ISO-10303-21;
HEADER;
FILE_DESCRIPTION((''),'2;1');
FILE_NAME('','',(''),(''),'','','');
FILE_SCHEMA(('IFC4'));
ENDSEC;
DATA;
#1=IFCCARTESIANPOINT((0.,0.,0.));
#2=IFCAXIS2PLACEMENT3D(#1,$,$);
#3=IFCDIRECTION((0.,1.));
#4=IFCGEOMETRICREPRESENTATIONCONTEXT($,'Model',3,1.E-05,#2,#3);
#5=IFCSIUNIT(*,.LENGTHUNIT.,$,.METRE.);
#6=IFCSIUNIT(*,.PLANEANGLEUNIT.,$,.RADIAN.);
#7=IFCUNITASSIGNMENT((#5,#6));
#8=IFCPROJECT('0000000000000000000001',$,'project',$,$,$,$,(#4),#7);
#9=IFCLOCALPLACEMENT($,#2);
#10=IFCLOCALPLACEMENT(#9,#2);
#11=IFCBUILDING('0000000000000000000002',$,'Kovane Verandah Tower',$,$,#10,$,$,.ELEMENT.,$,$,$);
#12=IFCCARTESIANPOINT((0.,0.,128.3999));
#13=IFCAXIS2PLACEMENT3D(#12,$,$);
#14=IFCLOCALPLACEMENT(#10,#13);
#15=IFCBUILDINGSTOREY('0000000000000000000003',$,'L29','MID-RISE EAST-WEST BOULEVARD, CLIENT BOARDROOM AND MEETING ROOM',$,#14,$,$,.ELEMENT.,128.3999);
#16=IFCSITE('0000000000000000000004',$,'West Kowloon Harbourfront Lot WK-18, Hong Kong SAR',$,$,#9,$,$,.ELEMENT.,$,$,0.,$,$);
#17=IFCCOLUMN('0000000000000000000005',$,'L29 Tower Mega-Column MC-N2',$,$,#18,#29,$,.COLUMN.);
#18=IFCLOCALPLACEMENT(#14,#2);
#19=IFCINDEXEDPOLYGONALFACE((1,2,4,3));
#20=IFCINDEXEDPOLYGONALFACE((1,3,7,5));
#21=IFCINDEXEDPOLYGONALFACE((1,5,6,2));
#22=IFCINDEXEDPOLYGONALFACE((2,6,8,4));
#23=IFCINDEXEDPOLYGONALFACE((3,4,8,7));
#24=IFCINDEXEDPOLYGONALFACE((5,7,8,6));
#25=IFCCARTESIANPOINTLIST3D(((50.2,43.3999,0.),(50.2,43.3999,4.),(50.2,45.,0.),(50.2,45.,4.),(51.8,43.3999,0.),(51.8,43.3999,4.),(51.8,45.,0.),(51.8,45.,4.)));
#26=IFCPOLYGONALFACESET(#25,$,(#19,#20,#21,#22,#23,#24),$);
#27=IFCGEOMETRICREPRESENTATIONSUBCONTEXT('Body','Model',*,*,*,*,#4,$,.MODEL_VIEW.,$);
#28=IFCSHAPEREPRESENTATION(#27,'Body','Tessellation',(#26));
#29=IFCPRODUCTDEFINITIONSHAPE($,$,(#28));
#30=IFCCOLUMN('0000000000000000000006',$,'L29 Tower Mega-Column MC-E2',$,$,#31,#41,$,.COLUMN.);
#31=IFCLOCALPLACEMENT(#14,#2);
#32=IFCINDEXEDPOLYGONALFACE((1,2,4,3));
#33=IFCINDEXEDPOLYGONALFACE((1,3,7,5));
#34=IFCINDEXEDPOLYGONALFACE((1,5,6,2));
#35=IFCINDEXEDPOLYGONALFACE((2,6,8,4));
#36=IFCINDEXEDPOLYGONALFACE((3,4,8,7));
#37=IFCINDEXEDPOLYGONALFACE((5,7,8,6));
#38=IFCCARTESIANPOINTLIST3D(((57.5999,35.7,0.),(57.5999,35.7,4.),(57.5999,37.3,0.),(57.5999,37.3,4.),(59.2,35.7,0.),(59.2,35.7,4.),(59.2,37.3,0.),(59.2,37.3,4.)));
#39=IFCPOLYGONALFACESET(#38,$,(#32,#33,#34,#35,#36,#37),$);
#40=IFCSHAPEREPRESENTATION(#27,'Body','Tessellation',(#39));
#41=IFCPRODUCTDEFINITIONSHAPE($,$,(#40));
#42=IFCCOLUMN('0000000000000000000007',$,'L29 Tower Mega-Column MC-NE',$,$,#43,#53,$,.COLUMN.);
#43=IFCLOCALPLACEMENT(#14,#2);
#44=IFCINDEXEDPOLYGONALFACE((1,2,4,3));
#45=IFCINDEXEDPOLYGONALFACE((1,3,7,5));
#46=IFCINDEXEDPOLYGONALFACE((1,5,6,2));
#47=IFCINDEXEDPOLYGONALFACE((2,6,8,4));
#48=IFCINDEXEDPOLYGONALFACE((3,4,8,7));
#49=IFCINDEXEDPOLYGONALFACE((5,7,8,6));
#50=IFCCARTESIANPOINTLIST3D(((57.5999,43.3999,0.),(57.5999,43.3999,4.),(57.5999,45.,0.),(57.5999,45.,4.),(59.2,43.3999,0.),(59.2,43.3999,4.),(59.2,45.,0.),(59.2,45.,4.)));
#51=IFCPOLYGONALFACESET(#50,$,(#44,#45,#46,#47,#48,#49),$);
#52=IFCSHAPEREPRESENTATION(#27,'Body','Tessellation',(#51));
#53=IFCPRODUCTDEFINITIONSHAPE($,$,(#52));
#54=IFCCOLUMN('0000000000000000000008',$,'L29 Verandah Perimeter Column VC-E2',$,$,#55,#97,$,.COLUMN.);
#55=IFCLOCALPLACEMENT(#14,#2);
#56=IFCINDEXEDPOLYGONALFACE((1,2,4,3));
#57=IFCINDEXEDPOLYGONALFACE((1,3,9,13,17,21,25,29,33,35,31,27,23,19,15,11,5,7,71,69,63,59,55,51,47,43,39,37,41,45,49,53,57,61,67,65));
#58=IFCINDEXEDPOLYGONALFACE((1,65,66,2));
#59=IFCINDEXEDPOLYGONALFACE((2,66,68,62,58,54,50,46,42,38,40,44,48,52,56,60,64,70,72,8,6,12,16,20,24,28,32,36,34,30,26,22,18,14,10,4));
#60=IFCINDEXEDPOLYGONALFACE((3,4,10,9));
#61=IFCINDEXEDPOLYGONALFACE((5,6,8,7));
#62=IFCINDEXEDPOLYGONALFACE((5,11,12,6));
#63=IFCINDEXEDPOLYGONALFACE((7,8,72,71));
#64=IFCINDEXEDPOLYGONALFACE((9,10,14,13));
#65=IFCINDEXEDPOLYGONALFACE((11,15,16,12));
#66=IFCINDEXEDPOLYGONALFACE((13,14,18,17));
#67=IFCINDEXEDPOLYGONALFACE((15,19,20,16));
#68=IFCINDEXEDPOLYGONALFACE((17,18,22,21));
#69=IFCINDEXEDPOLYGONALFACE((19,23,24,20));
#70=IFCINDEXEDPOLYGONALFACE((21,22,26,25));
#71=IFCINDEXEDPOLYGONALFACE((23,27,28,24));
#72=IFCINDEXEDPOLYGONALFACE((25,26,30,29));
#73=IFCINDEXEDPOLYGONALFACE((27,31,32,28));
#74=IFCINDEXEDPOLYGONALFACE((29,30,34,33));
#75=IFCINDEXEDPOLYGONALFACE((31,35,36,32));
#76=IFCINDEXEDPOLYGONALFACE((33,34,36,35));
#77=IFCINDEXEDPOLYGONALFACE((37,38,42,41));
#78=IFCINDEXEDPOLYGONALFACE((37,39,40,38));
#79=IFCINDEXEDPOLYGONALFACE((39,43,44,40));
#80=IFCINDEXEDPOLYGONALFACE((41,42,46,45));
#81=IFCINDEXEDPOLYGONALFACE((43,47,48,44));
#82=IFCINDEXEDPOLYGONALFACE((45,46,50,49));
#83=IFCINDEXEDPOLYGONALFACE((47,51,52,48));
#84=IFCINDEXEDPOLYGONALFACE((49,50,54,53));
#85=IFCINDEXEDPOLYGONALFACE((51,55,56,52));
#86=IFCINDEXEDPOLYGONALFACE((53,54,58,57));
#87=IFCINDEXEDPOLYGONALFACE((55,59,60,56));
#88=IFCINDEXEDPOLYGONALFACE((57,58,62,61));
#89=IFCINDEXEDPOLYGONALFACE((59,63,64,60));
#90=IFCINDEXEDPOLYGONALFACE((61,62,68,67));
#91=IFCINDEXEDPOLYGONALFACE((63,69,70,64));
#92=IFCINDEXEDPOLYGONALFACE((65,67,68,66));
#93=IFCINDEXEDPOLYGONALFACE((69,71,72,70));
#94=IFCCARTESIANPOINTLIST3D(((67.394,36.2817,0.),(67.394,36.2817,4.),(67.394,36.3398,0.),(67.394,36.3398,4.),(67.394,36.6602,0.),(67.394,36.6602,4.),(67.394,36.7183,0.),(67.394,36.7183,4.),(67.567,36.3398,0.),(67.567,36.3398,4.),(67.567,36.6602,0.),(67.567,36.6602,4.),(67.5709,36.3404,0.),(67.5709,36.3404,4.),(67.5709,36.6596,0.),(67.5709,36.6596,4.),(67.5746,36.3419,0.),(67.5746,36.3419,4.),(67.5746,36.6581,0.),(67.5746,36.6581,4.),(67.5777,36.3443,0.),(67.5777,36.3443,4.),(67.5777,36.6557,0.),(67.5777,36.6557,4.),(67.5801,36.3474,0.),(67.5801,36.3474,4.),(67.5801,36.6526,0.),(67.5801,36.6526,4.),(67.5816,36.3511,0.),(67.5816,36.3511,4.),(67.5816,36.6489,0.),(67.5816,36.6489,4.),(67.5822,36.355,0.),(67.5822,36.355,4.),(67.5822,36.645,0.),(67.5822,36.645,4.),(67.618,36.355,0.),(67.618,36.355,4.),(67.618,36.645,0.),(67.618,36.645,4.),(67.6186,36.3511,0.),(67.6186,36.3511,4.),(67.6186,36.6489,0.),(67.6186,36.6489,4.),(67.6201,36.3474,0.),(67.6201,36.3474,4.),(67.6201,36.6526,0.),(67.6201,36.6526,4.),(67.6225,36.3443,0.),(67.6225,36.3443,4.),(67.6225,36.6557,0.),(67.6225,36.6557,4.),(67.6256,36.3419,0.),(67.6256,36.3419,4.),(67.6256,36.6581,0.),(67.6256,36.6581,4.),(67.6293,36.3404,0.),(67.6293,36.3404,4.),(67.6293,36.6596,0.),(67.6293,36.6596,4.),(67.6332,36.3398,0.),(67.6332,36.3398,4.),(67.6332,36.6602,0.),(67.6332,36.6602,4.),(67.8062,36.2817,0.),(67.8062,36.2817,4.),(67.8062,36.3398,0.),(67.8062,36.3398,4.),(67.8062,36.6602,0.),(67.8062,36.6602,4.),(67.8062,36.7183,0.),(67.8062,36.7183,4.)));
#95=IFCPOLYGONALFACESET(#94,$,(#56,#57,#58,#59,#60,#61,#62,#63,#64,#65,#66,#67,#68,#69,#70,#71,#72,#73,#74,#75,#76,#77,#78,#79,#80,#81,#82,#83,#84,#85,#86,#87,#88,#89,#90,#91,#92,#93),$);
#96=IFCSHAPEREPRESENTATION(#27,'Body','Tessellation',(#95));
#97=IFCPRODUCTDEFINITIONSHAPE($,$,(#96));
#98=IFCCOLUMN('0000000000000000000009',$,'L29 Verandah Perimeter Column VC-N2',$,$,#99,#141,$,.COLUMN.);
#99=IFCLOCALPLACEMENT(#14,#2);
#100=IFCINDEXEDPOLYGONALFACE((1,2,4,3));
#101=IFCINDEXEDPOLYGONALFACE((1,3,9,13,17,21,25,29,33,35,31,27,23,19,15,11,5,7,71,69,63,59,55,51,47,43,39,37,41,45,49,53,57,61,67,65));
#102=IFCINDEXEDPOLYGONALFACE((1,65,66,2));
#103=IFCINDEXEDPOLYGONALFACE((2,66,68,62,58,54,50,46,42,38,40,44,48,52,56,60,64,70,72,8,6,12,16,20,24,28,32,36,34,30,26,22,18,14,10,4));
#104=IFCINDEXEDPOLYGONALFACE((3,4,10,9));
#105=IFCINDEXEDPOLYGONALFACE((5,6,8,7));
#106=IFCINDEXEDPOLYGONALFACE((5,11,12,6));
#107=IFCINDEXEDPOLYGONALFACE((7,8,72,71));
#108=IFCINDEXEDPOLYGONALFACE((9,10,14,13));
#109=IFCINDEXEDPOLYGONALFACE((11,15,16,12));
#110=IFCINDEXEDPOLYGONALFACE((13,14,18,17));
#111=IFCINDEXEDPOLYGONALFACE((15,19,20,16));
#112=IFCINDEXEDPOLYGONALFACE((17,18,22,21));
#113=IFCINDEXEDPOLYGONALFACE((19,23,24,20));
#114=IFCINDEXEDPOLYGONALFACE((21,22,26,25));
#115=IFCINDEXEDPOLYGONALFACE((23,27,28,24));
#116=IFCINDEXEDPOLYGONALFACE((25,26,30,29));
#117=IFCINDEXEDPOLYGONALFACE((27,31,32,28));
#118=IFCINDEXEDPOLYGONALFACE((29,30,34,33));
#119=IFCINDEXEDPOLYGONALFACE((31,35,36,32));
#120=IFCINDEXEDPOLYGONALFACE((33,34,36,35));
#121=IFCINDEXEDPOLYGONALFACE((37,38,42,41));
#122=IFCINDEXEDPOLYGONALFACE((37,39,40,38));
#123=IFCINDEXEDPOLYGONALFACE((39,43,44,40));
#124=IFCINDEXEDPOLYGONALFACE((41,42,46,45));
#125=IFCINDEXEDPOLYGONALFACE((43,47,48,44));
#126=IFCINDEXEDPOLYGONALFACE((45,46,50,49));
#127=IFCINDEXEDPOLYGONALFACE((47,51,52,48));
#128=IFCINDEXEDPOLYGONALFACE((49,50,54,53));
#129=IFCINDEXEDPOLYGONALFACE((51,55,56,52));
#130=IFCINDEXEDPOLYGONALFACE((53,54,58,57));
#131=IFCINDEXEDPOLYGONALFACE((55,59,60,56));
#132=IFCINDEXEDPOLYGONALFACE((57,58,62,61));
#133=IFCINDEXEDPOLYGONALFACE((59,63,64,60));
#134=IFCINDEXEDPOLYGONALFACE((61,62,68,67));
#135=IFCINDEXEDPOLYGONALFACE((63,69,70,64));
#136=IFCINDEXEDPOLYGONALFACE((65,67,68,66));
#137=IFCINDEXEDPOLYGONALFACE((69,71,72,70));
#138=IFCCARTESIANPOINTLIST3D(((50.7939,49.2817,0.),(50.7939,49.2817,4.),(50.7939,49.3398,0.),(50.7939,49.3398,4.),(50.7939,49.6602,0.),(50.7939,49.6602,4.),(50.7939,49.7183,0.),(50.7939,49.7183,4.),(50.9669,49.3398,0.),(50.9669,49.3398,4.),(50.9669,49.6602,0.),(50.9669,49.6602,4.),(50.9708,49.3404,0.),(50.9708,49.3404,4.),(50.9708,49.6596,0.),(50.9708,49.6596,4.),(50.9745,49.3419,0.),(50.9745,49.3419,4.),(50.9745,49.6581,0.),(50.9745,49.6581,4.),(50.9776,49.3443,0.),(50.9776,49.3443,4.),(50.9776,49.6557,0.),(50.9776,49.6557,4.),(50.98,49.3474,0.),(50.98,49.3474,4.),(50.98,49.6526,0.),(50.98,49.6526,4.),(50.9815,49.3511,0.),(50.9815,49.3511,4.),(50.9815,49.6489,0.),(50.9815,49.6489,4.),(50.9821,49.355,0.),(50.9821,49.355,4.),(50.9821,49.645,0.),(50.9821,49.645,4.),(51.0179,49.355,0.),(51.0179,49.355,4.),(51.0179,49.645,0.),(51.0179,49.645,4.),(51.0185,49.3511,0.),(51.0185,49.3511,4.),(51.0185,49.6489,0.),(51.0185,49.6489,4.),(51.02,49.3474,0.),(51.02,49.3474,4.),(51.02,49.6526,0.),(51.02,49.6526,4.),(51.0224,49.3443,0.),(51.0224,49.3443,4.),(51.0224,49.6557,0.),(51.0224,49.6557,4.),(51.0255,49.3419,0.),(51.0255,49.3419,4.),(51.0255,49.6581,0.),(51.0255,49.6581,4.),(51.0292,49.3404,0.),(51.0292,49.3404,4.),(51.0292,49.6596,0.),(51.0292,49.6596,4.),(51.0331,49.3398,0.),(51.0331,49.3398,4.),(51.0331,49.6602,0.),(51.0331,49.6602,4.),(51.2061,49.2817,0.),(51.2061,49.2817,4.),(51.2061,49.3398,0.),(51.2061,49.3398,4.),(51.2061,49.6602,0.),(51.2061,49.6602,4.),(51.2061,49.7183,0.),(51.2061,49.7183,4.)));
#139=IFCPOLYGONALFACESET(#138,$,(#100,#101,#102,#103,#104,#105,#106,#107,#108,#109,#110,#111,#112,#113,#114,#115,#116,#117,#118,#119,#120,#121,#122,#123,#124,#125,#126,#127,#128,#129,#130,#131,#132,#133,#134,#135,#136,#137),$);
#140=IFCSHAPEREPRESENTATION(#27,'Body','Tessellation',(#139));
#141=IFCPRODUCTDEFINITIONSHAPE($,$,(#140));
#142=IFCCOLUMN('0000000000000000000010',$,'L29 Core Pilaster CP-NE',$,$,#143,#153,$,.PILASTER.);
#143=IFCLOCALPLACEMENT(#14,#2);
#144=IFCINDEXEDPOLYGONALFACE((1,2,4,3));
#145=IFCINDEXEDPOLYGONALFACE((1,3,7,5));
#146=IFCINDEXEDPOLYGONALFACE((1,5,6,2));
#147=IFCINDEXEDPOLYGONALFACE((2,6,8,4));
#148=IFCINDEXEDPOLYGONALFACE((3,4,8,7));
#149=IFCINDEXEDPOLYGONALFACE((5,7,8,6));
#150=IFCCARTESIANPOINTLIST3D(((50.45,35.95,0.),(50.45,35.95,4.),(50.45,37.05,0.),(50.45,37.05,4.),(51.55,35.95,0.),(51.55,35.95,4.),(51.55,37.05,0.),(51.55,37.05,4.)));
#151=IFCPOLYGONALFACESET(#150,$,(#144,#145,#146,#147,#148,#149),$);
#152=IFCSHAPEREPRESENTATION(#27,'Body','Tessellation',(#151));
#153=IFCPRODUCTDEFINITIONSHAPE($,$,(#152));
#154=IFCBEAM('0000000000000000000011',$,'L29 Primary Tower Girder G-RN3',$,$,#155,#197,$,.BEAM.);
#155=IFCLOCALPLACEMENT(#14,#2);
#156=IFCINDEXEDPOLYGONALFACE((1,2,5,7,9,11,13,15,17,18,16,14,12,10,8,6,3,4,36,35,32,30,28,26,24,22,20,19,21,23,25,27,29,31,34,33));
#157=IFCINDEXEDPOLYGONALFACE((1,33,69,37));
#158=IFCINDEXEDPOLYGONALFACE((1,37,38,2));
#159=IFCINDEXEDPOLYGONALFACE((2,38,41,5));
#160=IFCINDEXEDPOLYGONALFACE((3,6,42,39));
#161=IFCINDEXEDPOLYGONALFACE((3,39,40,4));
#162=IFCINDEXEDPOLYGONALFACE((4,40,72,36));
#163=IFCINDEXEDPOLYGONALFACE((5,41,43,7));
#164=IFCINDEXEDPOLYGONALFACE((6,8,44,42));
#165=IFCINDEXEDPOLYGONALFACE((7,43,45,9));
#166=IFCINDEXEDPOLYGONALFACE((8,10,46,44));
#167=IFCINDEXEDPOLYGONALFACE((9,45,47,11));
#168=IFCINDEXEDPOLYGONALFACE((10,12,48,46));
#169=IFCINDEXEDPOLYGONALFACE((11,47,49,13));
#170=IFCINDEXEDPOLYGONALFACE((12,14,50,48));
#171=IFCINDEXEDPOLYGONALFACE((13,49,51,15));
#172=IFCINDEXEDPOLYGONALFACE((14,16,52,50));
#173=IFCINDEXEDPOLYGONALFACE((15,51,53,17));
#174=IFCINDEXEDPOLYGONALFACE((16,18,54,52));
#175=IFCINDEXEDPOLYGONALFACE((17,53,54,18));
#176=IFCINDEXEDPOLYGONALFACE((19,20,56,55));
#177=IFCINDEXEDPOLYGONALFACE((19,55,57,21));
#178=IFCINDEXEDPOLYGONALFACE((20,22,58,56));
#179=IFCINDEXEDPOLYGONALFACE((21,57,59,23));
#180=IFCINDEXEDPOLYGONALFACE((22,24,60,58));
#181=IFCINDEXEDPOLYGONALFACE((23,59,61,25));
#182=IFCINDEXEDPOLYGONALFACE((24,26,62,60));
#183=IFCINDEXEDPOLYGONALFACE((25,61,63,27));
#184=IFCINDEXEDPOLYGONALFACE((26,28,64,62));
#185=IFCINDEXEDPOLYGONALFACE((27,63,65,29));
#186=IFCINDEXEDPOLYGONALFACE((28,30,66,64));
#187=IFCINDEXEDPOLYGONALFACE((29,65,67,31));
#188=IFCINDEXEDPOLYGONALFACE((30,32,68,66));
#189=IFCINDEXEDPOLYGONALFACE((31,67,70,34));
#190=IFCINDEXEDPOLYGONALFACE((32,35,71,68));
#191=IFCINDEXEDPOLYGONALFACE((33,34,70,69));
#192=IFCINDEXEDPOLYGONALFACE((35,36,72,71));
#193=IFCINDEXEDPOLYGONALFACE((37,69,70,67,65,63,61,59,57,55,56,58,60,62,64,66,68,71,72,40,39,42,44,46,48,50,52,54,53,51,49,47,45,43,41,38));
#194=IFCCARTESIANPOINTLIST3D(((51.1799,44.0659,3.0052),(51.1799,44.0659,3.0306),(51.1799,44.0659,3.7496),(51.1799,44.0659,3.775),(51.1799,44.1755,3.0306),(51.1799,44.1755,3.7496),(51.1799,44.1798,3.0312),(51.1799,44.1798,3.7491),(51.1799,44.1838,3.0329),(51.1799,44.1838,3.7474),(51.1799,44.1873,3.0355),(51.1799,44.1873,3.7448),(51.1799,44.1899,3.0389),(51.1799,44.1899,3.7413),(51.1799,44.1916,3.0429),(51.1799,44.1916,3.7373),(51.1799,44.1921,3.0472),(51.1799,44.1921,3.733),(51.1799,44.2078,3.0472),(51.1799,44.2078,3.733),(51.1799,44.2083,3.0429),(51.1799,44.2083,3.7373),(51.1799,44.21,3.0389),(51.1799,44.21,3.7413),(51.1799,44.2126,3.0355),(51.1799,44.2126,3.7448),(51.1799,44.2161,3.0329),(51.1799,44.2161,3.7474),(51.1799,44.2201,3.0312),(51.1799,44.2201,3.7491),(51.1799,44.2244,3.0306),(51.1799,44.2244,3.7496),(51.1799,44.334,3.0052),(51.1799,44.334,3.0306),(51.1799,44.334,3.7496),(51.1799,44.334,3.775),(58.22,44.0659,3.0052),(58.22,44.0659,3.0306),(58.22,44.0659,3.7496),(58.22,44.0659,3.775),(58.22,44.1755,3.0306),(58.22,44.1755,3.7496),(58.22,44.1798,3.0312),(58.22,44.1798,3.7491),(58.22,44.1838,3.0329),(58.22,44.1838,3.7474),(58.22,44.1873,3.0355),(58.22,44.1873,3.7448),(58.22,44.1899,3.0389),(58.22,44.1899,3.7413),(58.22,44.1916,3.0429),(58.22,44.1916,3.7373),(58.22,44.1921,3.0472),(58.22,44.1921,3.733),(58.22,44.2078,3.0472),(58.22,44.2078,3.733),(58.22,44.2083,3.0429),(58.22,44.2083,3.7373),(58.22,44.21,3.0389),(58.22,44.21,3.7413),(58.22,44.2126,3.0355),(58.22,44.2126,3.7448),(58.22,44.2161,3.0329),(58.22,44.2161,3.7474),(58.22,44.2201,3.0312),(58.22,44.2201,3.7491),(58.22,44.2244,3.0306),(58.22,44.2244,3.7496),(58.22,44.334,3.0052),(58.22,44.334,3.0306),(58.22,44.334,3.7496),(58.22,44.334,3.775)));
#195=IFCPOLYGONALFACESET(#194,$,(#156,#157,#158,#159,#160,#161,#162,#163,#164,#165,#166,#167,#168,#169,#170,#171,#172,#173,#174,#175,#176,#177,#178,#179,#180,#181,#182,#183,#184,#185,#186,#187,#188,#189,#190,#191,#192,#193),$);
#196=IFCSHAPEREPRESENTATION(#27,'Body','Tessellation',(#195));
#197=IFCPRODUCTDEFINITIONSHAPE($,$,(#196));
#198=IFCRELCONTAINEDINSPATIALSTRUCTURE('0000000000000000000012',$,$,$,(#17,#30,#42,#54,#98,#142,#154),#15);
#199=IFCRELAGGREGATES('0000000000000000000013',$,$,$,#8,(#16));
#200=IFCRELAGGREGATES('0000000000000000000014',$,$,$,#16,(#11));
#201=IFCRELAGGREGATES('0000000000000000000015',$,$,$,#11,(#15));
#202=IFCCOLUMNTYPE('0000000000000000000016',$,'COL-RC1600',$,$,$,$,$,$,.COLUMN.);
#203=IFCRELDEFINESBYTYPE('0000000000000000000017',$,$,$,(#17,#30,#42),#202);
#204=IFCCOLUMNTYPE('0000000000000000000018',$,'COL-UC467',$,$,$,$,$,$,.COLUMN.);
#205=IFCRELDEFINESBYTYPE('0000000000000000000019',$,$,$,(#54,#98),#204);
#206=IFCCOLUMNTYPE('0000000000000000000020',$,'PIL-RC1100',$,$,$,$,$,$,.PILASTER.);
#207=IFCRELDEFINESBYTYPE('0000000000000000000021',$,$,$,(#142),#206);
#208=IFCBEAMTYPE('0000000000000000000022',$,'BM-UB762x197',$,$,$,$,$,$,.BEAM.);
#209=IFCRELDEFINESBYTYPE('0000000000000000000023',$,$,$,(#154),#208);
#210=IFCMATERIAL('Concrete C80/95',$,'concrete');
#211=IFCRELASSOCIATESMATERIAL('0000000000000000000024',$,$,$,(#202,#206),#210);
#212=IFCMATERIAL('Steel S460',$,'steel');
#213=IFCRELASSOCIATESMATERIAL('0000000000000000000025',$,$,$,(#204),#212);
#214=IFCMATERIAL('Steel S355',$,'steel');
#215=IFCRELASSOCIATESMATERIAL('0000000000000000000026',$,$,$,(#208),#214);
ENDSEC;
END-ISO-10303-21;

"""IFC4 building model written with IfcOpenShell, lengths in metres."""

from ifc_helpers import new_model, si_unit, direction, frame, origin, origin_2d, place, context, subcontext, project, spatial, rectangle, i_section, extrude, material, material_profile, profile_set, type_object, element, save


model = new_model("IFC4")

# Units and contexts
model_context = context("Model", 3, precision=1e-05, world=origin(), true_north=direction((0.0, 1.0)))
body_context = subcontext(model_context, "Body", "Model", "MODEL_VIEW")
ifc_project = project(units=[si_unit("LENGTHUNIT", "METRE"), si_unit("PLANEANGLEUNIT", "RADIAN")], contexts=[model_context])

# Site, building, storey
site_placement = place(None, origin())
site = spatial("IfcSite", under=ifc_project, at=site_placement, Name="West Kowloon Harbourfront Lot WK-18, Hong Kong SAR", CompositionType="ELEMENT", RefElevation=0.0)
building_placement = place(site_placement, origin())
building = spatial("IfcBuilding", under=site, at=building_placement, Name="Kovane Verandah Tower", CompositionType="ELEMENT")
storey_placement = place(building_placement, frame((0.0, 0.0, 128.3999)))
storey = spatial("IfcBuildingStorey", under=building, at=storey_placement, Name="L29", Description="MID-RISE EAST-WEST BOULEVARD, CLIENT BOARDROOM AND MEETING ROOM", CompositionType="ELEMENT", Elevation=128.3999)

# Columns
ifc_material_1 = material(Name="Concrete C80/95", Category="concrete")
ifc_material_profile_1 = material_profile(ifc_material_1, rectangle(XDim=1.6001, YDim=1.6001, at=origin_2d()), Name="RC1600x1600")
ifc_profile_set_1 = profile_set([ifc_material_profile_1], Name="Concrete C80/95")
column_type_1 = type_object("IfcColumnType", Name="COL-RC1600", PredefinedType="COLUMN", material=ifc_profile_set_1)
for number, where, z_axis, x_axis, name in (
    (1, (51.0, 44.2, 0.0), (0.0, 0.0, 1.0), (1.0, 0.0, 0.0), "L29 Tower Mega-Column MC-N2"),
    (2, (58.3999, 36.5, 0.0), (0.0, 0.0, 1.0), (1.0, 0.0, 0.0), "L29 Tower Mega-Column MC-E2"),
    (3, (58.3999, 44.2, 0.0), (0.0, 0.0, 1.0), (1.0, 0.0, 0.0), "L29 Tower Mega-Column MC-NE"),
):
    element("IfcColumn", number, at=place(storey_placement, frame(where, z_axis=z_axis, x_axis=x_axis)), inside=storey, type_object=column_type_1, Name=name, PredefinedType="COLUMN", context=body_context, shape_type="SweptSolid", body=[
        extrude(rectangle(XDim=1.6001, YDim=1.6001, at=origin_2d()), origin(), (0.0, 0.0, 1.0), 4.0),
    ])
ifc_material_2 = material(Name="Steel S460", Category="steel")
ifc_material_profile_2 = material_profile(ifc_material_2, i_section(OverallWidth=0.4121, OverallDepth=0.4365, WebThickness=0.0359, FlangeThickness=0.0581, FilletRadius=0.0151, at=origin_2d()), Name="UC356x406x467")
ifc_profile_set_2 = profile_set([ifc_material_profile_2], Name="Steel S460")
column_type_2 = type_object("IfcColumnType", Name="COL-UC467", PredefinedType="COLUMN", material=ifc_profile_set_2)
for number, where, z_axis, x_axis, name in (
    (4, (67.6001, 36.5, 0.0), (0.0, 0.0, 1.0), (1.0, 0.0, 0.0), "L29 Verandah Perimeter Column VC-E2"),
    (5, (51.0, 49.5, 0.0), (0.0, 0.0, 1.0), (1.0, 0.0, 0.0), "L29 Verandah Perimeter Column VC-N2"),
):
    element("IfcColumn", number, at=place(storey_placement, frame(where, z_axis=z_axis, x_axis=x_axis)), inside=storey, type_object=column_type_2, Name=name, PredefinedType="COLUMN", context=body_context, shape_type="SweptSolid", body=[
        extrude(i_section(OverallWidth=0.4121, OverallDepth=0.4365, WebThickness=0.0359, FlangeThickness=0.0581, FilletRadius=0.0151, at=origin_2d()), origin(), (0.0, 0.0, 1.0), 4.0),
    ])
ifc_material_profile_3 = material_profile(ifc_material_1, rectangle(XDim=1.1001, YDim=1.1001, at=origin_2d()), Name="RC1100x1100")
ifc_profile_set_3 = profile_set([ifc_material_profile_3], Name="Concrete C80/95")
column_type_3 = type_object("IfcColumnType", Name="PIL-RC1100", PredefinedType="PILASTER", material=ifc_profile_set_3)
column_placement = place(storey_placement, frame((51.0, 36.5, 0.0), z_axis=(0.0, 0.0, 1.0), x_axis=(1.0, 0.0, 0.0)))
element("IfcColumn", 6, at=column_placement, inside=storey, type_object=column_type_3, Name="L29 Core Pilaster CP-NE", PredefinedType="PILASTER", context=body_context, shape_type="SweptSolid", body=[
    extrude(rectangle(XDim=1.1001, YDim=1.1001, at=origin_2d()), origin(), (0.0, 0.0, 1.0), 4.0),
])

# Beam
ifc_material_3 = material(Name="Steel S355", Category="steel")
ifc_material_profile_4 = material_profile(ifc_material_3, i_section(OverallWidth=0.2681, OverallDepth=0.7698, WebThickness=0.0156, FlangeThickness=0.0254, FilletRadius=0.0166, at=origin_2d()), Name="UB762x267x197")
ifc_profile_set_4 = profile_set([ifc_material_profile_4], Name="Steel S355")
beam_type_1 = type_object("IfcBeamType", Name="BM-UB762x197", PredefinedType="BEAM", material=ifc_profile_set_4)
beam_1_placement = place(storey_placement, frame((51.1799, 44.2, 3.3901), z_axis=(1.0, 0.0, 0.0), x_axis=(0.0, 1.0, 0.0)))
element("IfcBeam", 7, at=beam_1_placement, inside=storey, type_object=beam_type_1, Name="L29 Primary Tower Girder G-RN3", PredefinedType="BEAM", context=body_context, shape_type="SweptSolid", body=[
    extrude(i_section(OverallWidth=0.2681, OverallDepth=0.7698, WebThickness=0.0156, FlangeThickness=0.0254, FilletRadius=0.0166, at=origin_2d()), origin(), (0.0, 0.0, 1.0), 7.04),
])

save(model, "model.ifc")
